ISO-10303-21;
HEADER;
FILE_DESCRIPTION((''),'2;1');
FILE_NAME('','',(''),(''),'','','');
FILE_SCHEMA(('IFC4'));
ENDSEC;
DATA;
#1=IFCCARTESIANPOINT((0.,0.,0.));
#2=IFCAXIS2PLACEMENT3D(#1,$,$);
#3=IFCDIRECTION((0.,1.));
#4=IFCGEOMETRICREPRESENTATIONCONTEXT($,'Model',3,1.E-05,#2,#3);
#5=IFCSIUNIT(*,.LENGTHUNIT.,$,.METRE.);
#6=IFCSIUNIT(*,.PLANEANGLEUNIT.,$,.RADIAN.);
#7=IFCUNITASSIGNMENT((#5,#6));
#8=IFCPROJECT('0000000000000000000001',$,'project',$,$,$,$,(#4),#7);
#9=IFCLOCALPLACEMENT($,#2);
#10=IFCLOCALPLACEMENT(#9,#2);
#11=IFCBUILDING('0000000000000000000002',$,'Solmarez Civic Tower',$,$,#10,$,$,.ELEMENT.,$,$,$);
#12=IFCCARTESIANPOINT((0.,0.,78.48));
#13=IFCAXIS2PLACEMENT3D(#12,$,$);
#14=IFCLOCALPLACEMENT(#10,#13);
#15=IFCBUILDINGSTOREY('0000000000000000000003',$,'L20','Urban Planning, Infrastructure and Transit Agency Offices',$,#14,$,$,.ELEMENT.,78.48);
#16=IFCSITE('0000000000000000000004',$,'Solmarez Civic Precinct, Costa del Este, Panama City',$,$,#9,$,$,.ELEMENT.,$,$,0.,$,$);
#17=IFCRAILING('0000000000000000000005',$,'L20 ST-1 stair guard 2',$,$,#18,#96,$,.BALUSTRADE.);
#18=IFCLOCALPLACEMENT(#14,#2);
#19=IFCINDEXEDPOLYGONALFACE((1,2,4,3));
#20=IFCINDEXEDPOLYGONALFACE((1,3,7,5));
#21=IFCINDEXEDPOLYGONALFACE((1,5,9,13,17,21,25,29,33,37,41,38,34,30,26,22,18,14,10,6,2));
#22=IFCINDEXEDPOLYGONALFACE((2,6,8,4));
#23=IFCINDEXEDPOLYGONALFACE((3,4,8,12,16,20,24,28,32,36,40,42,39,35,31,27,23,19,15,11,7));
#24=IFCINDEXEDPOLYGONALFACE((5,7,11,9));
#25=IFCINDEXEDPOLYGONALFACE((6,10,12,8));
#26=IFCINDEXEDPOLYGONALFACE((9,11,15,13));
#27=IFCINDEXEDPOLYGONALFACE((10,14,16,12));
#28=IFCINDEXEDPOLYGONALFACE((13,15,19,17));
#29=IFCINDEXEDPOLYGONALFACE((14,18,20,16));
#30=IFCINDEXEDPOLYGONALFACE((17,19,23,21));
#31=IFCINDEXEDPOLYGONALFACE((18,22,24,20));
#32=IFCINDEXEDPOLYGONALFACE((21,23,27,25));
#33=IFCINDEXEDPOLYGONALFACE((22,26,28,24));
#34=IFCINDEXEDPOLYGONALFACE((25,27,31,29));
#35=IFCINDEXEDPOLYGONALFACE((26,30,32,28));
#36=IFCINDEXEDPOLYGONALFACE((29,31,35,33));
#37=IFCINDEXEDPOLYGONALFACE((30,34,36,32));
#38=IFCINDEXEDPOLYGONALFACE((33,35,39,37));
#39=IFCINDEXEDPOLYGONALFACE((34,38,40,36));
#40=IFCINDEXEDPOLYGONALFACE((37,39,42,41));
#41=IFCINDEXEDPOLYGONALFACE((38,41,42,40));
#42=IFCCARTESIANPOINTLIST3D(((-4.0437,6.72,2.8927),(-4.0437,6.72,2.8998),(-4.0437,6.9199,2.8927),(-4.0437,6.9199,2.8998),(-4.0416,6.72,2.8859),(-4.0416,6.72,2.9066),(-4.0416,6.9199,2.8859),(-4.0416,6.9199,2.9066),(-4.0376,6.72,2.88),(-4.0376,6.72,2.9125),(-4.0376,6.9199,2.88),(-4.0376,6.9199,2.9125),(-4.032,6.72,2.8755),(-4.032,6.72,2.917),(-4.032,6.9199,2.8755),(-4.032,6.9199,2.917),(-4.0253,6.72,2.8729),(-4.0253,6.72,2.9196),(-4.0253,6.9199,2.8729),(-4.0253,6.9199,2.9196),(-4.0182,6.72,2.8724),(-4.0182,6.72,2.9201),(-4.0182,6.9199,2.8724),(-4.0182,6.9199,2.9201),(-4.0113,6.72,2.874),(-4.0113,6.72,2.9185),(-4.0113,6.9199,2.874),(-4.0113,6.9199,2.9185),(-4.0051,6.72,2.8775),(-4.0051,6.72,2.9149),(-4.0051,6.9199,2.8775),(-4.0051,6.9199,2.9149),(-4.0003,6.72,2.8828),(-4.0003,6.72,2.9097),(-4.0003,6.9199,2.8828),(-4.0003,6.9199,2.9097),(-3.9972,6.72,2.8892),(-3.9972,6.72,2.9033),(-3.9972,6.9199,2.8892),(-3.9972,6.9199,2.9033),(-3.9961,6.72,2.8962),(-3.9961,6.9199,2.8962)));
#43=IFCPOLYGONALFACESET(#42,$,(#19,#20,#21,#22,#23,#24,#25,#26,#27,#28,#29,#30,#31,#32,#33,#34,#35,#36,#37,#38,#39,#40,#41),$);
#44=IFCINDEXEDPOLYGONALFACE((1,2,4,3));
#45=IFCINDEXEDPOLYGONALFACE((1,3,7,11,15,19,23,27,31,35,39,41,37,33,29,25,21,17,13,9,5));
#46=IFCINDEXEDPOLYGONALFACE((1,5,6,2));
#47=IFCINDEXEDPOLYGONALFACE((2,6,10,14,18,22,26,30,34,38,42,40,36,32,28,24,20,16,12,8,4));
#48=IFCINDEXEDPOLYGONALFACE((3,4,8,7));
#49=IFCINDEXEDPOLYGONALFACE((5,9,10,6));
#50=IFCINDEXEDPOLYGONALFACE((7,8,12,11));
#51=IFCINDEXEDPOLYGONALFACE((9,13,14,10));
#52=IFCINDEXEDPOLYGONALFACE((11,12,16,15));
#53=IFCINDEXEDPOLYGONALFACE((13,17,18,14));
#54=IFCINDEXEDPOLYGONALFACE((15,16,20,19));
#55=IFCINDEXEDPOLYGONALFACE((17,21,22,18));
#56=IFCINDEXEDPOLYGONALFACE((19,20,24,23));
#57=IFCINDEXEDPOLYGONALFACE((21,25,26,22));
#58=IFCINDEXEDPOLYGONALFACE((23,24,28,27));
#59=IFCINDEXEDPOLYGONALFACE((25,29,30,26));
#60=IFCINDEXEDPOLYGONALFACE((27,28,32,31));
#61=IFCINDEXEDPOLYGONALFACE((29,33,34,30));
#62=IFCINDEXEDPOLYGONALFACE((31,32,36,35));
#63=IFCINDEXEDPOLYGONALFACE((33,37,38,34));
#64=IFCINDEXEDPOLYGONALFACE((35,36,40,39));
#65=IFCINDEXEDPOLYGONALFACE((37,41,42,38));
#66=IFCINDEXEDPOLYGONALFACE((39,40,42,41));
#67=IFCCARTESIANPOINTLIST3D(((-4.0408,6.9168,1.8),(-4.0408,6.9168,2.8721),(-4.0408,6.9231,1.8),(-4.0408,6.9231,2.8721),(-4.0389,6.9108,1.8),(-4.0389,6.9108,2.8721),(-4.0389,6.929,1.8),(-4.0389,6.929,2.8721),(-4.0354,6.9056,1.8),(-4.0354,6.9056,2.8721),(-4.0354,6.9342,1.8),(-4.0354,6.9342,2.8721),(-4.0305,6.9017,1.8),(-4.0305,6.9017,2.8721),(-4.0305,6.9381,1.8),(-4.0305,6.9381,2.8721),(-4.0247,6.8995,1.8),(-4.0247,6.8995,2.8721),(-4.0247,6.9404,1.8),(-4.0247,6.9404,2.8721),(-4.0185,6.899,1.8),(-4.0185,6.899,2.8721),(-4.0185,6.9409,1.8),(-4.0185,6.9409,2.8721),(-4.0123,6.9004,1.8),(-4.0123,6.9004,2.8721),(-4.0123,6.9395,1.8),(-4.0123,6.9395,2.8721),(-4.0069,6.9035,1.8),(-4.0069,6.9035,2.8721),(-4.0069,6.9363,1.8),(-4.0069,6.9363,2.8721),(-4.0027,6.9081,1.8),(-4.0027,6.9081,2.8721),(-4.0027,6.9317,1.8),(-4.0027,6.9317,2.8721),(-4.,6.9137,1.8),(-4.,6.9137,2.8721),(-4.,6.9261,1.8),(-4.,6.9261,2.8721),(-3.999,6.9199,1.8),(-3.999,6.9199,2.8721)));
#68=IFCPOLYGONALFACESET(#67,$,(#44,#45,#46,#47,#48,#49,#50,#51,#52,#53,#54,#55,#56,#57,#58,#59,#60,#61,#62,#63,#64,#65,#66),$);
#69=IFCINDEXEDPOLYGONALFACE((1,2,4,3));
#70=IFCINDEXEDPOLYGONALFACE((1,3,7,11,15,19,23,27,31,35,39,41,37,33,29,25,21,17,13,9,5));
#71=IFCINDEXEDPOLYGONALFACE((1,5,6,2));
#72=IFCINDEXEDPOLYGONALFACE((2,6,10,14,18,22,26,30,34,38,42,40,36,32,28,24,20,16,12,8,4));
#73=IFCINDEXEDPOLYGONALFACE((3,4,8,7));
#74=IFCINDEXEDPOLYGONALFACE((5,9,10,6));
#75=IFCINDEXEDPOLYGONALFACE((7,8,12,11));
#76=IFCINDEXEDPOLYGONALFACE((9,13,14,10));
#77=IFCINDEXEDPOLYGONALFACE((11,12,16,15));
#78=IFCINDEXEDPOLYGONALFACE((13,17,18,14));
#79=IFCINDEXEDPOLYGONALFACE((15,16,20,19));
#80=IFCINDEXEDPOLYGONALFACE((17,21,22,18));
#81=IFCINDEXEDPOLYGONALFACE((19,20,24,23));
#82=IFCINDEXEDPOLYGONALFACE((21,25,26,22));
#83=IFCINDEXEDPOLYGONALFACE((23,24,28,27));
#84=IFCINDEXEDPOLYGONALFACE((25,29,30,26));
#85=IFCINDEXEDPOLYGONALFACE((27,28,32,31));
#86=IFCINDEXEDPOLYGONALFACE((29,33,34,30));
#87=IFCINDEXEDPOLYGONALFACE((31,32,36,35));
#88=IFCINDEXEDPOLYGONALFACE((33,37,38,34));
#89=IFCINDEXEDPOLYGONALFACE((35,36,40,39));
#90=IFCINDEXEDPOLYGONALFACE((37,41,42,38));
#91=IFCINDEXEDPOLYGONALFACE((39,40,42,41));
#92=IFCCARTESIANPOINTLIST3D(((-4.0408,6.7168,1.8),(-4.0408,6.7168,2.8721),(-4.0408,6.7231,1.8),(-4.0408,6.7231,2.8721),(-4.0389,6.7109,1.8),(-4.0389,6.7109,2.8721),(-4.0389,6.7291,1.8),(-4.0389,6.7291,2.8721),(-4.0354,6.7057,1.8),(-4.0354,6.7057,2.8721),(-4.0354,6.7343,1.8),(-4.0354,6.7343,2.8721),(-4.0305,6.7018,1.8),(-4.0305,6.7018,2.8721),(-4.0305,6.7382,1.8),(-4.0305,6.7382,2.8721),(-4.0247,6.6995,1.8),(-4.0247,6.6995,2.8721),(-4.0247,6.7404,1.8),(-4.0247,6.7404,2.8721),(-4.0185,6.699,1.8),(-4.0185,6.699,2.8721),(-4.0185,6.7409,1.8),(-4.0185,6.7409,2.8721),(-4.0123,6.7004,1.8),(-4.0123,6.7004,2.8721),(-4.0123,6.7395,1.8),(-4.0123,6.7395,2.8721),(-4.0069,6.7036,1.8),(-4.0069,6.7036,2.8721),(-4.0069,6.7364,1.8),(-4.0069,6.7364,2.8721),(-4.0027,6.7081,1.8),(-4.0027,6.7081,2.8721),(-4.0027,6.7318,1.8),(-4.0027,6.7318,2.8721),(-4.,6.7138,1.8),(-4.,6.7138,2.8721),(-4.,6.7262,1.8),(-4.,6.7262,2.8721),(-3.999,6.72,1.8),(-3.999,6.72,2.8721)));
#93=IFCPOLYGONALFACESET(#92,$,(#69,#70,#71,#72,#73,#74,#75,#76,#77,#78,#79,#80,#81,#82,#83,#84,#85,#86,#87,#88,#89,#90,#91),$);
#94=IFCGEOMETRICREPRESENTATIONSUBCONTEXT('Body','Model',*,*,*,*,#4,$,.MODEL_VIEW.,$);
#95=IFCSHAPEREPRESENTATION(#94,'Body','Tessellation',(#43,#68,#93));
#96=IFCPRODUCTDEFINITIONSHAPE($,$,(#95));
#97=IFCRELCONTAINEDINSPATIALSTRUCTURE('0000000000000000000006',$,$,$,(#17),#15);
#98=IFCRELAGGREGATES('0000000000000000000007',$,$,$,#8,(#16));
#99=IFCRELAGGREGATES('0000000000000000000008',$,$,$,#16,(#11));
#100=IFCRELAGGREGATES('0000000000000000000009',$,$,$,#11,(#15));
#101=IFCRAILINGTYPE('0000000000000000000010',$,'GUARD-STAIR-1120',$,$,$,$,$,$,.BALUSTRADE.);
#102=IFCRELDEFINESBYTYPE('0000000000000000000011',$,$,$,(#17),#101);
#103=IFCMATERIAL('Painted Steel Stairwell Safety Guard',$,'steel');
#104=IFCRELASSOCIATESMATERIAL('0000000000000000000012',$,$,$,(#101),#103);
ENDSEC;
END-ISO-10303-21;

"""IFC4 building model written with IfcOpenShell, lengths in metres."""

from ifc_helpers import new_model, si_unit, direction, frame, origin, origin_2d, place, context, subcontext, project, spatial, circle, extrude, material, type_object, element, save


model = new_model("IFC4")

# Units and contexts
model_context = context("Model", 3, precision=1e-05, world=origin(), true_north=direction((0.0, 1.0)))
body_context = subcontext(model_context, "Body", "Model", "MODEL_VIEW")
ifc_project = project(units=[si_unit("LENGTHUNIT", "METRE"), si_unit("PLANEANGLEUNIT", "RADIAN")], contexts=[model_context])

# Site, building, storey
site_placement = place(None, origin())
site = spatial("IfcSite", under=ifc_project, at=site_placement, Name="Solmarez Civic Precinct, Costa del Este, Panama City", CompositionType="ELEMENT", RefElevation=0.0)
building_placement = place(site_placement, origin())
building = spatial("IfcBuilding", under=site, at=building_placement, Name="Solmarez Civic Tower", CompositionType="ELEMENT")
storey_placement = place(building_placement, frame((0.0, 0.0, 78.48)))
storey = spatial("IfcBuildingStorey", under=building, at=storey_placement, Name="L20", Description="Urban Planning, Infrastructure and Transit Agency Offices", CompositionType="ELEMENT", Elevation=78.48)

# Railing
ifc_material_1 = material(Name="Painted Steel Stairwell Safety Guard", Category="steel")
railing_type_1 = type_object("IfcRailingType", Name="GUARD-STAIR-1120", PredefinedType="BALUSTRADE", material=ifc_material_1)
railing_1_placement = place(storey_placement, frame((-4.02, 6.9199, 1.8)))
element("IfcRailing", 1, at=railing_1_placement, inside=storey, type_object=railing_type_1, Name="L20 ST-1 stair guard 2", PredefinedType="BALUSTRADE", context=body_context, shape_type="SweptSolid", body=[
    extrude(circle(Radius=0.0239, at=origin_2d()), frame((0.0, 0.0, 1.0962), z_axis=(0.0, -1.0, 0.0), x_axis=(1.0, 0.0, 0.0)), (0.0, 0.0, 1.0), 0.2),
    extrude(circle(Radius=0.021, at=origin_2d()), origin(), (0.0, 0.0, 1.0), 1.072),
    extrude(circle(Radius=0.021, at=origin_2d()), frame((0.0, -0.2, 0.0)), (0.0, 0.0, 1.0), 1.072),
])

save(model, "model.ifc")
